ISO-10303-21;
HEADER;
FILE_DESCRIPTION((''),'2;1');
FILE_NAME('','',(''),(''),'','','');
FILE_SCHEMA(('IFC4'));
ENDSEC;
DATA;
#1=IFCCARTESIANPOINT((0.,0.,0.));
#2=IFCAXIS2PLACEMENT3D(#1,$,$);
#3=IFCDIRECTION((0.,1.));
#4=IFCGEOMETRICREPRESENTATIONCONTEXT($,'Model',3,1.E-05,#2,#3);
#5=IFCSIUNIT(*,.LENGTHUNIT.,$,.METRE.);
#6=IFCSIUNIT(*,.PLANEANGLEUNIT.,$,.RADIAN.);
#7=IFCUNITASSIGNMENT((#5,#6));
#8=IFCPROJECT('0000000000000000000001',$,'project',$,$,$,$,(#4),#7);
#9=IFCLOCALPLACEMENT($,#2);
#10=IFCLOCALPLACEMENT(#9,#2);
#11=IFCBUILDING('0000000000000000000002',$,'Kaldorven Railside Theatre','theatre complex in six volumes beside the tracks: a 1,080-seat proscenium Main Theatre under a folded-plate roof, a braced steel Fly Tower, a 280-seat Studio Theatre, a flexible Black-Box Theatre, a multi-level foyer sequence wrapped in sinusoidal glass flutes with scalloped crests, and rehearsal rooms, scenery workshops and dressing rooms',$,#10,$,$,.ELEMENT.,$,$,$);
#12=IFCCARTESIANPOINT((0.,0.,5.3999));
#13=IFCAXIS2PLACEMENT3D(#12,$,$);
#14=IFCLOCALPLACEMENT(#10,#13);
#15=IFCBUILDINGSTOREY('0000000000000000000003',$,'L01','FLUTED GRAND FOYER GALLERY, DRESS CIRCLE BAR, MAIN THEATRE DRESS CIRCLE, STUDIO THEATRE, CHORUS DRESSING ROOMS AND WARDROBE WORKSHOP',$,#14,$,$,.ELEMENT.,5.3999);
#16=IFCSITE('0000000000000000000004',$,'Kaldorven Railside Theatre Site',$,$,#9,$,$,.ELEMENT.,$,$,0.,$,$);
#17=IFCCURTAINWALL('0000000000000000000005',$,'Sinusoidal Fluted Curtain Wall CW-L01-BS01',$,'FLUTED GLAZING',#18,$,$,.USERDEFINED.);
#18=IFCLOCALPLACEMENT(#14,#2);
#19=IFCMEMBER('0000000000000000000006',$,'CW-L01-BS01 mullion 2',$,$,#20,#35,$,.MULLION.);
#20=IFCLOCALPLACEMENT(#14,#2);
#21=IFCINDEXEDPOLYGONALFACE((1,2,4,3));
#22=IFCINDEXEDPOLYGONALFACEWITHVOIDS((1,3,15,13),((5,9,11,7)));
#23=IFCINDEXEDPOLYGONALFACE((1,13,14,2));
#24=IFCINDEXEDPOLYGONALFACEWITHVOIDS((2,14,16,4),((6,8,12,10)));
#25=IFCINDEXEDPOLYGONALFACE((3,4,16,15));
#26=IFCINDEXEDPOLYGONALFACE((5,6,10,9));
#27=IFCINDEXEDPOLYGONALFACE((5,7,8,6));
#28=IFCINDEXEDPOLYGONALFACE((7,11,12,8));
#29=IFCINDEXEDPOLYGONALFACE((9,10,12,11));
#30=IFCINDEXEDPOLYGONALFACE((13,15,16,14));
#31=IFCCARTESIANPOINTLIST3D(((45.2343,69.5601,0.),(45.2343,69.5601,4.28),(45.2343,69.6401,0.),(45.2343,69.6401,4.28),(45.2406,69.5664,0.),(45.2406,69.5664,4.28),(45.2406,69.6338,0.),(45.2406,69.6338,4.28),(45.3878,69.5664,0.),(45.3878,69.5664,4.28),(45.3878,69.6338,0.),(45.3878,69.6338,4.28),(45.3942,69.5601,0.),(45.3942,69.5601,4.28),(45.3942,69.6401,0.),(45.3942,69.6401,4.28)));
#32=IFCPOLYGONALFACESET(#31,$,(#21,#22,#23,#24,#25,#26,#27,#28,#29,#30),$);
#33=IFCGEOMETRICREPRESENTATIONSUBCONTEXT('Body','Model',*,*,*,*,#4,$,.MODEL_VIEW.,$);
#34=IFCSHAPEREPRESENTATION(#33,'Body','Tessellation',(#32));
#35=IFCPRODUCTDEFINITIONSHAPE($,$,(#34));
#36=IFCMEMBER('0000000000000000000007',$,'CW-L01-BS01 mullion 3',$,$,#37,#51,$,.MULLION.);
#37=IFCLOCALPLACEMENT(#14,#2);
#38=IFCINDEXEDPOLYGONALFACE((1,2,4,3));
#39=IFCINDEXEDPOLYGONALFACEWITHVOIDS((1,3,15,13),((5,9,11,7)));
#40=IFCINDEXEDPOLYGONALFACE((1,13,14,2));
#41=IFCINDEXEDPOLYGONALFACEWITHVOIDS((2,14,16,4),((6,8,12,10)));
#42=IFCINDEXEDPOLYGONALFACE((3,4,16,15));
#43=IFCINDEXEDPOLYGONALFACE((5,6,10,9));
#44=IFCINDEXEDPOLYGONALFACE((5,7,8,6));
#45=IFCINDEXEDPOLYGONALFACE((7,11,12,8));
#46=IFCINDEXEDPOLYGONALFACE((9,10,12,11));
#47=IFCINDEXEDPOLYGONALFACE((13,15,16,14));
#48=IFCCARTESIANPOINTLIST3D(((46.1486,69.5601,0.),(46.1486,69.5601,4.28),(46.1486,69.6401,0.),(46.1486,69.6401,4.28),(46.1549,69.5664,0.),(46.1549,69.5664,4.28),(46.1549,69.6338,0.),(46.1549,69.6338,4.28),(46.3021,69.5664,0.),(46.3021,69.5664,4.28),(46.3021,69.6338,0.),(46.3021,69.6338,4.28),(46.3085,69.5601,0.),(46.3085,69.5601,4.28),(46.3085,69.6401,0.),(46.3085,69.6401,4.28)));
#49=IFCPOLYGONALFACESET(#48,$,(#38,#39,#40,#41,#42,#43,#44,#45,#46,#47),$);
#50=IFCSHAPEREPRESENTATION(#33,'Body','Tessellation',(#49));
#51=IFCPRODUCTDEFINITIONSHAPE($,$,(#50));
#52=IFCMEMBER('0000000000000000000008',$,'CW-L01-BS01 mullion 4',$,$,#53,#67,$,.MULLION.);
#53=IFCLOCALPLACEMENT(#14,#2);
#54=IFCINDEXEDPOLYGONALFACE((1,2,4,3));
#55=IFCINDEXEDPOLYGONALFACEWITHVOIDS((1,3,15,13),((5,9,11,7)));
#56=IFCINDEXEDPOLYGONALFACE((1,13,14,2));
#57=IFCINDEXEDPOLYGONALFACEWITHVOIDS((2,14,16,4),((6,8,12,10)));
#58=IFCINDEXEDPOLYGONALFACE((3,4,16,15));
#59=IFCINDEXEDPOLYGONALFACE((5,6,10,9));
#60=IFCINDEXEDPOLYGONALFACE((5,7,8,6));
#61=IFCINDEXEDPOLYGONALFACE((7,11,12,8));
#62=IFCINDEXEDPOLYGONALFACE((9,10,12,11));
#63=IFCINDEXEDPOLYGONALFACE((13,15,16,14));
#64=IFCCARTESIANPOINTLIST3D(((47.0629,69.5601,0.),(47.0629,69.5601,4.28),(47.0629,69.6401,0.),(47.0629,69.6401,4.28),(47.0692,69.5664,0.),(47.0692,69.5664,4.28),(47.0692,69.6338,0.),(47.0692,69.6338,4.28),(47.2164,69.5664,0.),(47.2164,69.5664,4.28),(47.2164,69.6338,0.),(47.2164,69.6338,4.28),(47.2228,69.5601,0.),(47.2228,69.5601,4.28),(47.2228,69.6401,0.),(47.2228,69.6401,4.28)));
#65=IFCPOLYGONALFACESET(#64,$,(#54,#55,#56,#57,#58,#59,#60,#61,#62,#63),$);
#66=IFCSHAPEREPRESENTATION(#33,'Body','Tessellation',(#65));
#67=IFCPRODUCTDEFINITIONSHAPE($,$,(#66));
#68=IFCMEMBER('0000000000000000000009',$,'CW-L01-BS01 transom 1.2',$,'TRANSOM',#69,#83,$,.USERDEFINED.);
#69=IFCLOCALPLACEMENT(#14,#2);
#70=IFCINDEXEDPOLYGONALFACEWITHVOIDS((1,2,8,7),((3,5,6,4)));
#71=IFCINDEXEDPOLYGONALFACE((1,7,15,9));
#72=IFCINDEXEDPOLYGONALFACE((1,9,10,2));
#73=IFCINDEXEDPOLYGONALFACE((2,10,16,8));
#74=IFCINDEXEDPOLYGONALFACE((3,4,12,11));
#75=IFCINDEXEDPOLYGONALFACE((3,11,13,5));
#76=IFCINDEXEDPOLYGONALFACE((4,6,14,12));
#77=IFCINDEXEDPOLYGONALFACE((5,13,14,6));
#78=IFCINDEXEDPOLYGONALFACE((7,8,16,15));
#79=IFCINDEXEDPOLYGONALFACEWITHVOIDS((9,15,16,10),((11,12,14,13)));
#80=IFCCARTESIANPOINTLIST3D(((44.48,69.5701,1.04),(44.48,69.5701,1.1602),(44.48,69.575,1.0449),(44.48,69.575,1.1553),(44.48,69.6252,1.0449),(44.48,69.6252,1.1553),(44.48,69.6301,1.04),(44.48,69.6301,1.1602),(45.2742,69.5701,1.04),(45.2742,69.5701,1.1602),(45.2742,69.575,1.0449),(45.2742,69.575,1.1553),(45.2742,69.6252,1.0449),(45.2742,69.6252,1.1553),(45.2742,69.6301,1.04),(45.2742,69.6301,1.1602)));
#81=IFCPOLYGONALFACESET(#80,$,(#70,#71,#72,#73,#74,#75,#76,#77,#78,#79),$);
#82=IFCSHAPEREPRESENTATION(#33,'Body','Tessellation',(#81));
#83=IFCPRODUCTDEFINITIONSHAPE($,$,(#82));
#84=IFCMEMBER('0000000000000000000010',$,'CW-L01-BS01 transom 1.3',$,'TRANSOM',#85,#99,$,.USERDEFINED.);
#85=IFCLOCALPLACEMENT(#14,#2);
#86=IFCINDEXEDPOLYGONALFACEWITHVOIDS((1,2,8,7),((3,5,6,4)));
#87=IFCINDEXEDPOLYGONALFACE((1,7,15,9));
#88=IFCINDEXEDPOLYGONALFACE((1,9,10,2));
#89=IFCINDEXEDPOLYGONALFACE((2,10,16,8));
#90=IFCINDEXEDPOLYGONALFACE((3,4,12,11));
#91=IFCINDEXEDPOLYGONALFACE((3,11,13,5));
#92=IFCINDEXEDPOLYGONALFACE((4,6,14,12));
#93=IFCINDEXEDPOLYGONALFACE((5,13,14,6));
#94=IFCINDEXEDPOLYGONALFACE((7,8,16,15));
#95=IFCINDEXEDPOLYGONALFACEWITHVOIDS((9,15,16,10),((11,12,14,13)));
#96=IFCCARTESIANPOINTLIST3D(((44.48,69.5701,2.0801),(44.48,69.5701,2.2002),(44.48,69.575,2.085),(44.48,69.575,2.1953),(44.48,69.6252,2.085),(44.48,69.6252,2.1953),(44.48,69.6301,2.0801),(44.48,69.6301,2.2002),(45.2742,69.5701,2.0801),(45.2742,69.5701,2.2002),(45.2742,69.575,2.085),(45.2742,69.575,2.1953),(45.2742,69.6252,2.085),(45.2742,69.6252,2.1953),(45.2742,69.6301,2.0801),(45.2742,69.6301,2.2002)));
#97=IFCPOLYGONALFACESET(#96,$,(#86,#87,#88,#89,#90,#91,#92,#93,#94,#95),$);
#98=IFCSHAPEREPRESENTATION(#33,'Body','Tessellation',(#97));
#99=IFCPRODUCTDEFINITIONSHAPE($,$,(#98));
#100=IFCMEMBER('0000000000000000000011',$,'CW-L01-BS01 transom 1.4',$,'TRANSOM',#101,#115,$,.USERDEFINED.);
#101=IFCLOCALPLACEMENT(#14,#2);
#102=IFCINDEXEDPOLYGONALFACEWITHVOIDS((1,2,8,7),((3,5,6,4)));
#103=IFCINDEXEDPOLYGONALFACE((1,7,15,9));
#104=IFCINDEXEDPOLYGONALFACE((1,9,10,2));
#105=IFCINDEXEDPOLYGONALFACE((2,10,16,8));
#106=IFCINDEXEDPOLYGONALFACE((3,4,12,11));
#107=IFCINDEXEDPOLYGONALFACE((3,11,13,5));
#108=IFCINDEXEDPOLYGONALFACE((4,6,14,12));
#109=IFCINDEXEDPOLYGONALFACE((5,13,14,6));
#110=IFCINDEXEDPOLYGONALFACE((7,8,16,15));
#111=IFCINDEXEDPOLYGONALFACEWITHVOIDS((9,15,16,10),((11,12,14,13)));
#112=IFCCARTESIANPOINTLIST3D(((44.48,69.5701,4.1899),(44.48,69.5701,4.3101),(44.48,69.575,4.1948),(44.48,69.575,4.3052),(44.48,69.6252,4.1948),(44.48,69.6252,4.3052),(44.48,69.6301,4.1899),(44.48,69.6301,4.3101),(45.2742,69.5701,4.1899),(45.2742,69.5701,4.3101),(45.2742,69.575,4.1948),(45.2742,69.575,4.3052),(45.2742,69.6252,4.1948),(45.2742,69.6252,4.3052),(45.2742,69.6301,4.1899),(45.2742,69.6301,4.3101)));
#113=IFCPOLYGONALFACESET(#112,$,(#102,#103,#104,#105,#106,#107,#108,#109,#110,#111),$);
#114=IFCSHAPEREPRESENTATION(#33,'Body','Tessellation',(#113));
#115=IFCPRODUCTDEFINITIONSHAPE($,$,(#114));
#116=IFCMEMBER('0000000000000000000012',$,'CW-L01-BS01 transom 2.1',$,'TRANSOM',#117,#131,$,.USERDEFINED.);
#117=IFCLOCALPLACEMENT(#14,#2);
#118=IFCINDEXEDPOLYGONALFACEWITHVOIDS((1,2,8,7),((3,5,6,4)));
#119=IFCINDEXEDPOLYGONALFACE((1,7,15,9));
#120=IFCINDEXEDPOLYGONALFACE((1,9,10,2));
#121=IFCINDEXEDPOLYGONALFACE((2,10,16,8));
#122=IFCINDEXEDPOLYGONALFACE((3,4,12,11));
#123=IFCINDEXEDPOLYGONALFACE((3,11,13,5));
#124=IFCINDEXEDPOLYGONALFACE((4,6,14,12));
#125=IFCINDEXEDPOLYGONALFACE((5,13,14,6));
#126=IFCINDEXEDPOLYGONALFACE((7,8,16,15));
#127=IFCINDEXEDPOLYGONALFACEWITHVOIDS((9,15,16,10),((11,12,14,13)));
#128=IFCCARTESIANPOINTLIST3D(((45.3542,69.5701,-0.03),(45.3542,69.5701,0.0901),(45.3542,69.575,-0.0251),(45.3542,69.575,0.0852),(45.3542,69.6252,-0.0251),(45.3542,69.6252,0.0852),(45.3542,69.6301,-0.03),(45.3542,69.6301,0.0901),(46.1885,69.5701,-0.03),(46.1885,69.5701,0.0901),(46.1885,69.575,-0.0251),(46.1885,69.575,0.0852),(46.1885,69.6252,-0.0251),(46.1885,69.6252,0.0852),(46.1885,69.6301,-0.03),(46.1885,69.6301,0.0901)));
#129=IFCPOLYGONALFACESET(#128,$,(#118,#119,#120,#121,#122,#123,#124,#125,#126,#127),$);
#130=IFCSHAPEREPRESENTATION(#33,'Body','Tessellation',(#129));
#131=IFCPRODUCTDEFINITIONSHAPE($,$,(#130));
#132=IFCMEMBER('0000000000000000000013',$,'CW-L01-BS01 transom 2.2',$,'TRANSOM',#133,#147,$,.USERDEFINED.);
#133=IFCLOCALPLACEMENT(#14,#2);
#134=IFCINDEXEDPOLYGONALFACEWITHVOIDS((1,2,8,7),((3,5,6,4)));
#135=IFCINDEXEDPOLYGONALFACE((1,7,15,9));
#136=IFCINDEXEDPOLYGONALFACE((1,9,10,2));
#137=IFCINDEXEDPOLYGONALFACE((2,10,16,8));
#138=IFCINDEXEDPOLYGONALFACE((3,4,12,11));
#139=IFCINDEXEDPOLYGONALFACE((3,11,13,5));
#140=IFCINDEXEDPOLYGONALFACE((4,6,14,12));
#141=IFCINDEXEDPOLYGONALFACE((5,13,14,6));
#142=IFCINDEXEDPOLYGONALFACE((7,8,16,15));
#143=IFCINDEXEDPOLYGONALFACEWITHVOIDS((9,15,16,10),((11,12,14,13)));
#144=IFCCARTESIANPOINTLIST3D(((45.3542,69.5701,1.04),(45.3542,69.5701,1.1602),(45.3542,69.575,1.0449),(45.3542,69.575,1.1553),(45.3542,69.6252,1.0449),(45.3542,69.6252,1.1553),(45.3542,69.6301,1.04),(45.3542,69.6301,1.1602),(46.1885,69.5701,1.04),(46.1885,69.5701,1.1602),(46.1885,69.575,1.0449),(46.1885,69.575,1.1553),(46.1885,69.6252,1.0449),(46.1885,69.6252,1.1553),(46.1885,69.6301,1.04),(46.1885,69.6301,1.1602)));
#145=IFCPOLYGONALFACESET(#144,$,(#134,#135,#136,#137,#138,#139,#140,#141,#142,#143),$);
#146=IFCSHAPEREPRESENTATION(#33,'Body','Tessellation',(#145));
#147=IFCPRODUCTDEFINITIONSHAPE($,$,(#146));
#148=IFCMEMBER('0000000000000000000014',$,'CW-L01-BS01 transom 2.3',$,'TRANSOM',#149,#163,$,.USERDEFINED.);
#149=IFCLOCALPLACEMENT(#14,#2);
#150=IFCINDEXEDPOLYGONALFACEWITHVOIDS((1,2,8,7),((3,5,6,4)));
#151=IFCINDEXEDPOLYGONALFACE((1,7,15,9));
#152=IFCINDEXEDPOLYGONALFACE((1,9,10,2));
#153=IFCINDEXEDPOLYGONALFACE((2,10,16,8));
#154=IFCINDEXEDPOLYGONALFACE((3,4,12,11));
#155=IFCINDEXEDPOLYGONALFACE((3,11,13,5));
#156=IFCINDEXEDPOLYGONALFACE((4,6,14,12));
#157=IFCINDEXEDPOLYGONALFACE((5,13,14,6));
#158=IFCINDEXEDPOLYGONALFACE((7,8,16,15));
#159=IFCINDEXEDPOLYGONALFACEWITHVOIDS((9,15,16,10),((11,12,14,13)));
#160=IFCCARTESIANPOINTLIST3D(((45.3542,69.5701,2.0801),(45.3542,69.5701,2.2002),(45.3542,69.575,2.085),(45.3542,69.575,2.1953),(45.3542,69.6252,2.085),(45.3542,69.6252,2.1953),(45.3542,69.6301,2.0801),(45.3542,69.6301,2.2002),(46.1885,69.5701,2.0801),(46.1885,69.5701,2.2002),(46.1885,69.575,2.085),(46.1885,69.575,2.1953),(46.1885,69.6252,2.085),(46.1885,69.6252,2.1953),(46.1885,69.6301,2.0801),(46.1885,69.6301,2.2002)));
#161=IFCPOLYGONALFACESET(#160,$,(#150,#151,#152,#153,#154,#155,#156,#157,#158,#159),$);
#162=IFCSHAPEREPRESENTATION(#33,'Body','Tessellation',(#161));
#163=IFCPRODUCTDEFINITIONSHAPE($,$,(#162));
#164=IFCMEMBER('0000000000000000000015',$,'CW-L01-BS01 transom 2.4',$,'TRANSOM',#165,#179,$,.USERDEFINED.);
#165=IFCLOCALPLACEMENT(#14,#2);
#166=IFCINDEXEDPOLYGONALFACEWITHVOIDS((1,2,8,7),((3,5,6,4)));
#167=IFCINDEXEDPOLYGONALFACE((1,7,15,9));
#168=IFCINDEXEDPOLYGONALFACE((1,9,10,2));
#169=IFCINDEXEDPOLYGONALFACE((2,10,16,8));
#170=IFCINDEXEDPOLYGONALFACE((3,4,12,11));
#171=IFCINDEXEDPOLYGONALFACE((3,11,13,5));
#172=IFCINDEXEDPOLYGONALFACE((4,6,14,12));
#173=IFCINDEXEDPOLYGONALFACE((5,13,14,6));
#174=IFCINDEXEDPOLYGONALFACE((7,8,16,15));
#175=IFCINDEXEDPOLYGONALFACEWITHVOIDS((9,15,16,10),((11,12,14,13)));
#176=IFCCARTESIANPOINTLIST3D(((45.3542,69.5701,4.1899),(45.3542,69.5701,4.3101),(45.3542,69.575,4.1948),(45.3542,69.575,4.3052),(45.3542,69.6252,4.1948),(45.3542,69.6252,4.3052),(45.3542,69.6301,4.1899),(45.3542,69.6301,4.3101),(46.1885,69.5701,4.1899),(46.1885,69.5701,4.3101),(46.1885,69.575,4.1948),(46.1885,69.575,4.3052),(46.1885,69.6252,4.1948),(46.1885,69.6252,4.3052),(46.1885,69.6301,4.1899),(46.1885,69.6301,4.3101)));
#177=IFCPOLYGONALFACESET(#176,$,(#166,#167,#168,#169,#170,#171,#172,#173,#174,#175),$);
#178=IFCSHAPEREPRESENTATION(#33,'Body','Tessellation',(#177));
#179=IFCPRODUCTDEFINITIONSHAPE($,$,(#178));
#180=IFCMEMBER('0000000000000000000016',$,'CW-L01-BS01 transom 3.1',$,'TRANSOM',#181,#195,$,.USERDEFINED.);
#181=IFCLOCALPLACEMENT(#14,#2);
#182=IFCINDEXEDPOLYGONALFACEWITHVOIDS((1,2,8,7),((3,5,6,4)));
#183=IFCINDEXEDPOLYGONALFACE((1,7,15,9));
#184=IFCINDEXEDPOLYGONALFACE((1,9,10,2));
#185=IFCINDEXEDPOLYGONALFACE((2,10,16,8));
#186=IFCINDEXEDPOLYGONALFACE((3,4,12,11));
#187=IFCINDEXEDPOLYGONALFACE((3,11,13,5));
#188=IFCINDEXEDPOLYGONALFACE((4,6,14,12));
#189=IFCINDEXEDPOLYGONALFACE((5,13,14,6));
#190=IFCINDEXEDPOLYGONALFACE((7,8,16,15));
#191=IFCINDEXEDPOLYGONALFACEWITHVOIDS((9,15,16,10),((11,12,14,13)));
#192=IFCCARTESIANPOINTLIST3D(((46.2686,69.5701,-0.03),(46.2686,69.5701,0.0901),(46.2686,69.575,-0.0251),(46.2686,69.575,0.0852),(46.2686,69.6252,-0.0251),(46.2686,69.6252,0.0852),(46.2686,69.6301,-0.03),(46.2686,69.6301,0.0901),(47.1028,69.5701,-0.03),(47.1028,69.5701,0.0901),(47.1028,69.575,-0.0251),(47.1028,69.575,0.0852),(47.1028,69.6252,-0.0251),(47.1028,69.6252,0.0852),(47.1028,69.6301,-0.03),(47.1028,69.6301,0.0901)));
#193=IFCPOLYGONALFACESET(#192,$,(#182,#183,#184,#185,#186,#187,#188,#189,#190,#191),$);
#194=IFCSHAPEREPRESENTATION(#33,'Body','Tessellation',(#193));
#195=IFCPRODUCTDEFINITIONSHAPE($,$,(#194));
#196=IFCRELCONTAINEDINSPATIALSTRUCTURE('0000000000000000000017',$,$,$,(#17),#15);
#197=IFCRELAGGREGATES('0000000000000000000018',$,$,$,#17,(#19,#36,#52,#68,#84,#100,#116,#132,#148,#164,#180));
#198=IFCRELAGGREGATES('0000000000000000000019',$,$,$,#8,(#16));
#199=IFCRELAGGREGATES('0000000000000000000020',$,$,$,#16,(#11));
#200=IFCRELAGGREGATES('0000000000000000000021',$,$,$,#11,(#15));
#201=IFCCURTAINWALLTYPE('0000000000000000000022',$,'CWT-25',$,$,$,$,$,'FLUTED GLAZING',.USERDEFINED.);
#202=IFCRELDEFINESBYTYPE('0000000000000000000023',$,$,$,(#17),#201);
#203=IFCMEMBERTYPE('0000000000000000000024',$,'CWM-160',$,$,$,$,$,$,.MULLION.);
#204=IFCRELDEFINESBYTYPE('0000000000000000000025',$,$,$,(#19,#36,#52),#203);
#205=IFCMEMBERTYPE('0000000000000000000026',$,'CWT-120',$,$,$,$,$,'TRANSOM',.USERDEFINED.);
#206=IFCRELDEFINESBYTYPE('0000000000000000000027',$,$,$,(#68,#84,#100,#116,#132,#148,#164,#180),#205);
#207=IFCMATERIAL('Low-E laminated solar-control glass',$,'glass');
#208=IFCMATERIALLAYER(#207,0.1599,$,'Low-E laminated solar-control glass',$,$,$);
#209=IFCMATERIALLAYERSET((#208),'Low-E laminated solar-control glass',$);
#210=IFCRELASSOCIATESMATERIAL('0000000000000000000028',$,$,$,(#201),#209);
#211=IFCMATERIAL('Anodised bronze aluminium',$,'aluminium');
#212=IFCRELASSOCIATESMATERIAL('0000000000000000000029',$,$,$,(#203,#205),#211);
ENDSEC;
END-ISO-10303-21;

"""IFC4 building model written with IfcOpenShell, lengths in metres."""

from ifc_helpers import new_model, si_unit, direction, frame, origin, origin_2d, place, context, subcontext, project, spatial, hollow_rectangle, extrude, material, layer, layer_set, material_profile, profile_set, type_object, element, aggregate, save


model = new_model("IFC4")

# Units and contexts
model_context = context("Model", 3, precision=1e-05, world=origin(), true_north=direction((0.0, 1.0)))
body_context = subcontext(model_context, "Body", "Model", "MODEL_VIEW")
ifc_project = project(units=[si_unit("LENGTHUNIT", "METRE"), si_unit("PLANEANGLEUNIT", "RADIAN")], contexts=[model_context])

# Site, building, storey
site_placement = place(None, origin())
site = spatial("IfcSite", under=ifc_project, at=site_placement, Name="Kaldorven Railside Theatre Site", CompositionType="ELEMENT", RefElevation=0.0)
building_placement = place(site_placement, origin())
building = spatial("IfcBuilding", under=site, at=building_placement, Name="Kaldorven Railside Theatre", Description="theatre complex in six volumes beside the tracks: a 1,080-seat proscenium Main Theatre under a folded-plate roof, a braced steel Fly Tower, a 280-seat Studio Theatre, a flexible Black-Box Theatre, a multi-level foyer sequence wrapped in sinusoidal glass flutes with scalloped crests, and rehearsal rooms, scenery workshops and dressing rooms", CompositionType="ELEMENT")
storey_placement = place(building_placement, frame((0.0, 0.0, 5.3999)))
storey = spatial("IfcBuildingStorey", under=building, at=storey_placement, Name="L01", Description="FLUTED GRAND FOYER GALLERY, DRESS CIRCLE BAR, MAIN THEATRE DRESS CIRCLE, STUDIO THEATRE, CHORUS DRESSING ROOMS AND WARDROBE WORKSHOP", CompositionType="ELEMENT", Elevation=5.3999)

# Curtain wall, members
ifc_material_1 = material(Name="Low-E laminated solar-control glass", Category="glass")
ifc_layer_1 = layer(ifc_material_1, 0.1599, Name="Low-E laminated solar-control glass")
ifc_layer_set_1 = layer_set([ifc_layer_1], Name="Low-E laminated solar-control glass")
curtain_wall_type = type_object("IfcCurtainWallType", Name="CWT-25", ElementType="FLUTED GLAZING", PredefinedType="USERDEFINED", material=ifc_layer_set_1)
curtain_wall_placement = place(storey_placement, origin())
curtain_wall = element("IfcCurtainWall", 1, at=curtain_wall_placement, inside=storey, type_object=curtain_wall_type, Name="Sinusoidal Fluted Curtain Wall CW-L01-BS01", ObjectType="FLUTED GLAZING", PredefinedType="USERDEFINED")
ifc_material_2 = material(Name="Anodised bronze aluminium", Category="aluminium")
ifc_material_profile_1 = material_profile(ifc_material_2, hollow_rectangle(XDim=0.0801, YDim=0.1599, WallThickness=0.0063, at=origin_2d()), Name="RHS 160x80x6.3")
ifc_profile_set_1 = profile_set([ifc_material_profile_1], Name="Anodised bronze aluminium")
member_type_1 = type_object("IfcMemberType", Name="CWM-160", PredefinedType="MULLION", material=ifc_profile_set_1)
member_1_placement = place(storey_placement, frame((45.3142, 69.6001, 0.0), z_axis=(0.0, 0.0, 1.0), x_axis=(0.0, 1.0, 0.0)))
member_1 = element("IfcMember", 2, at=member_1_placement, type_object=member_type_1, Name="CW-L01-BS01 mullion 2", PredefinedType="MULLION", context=body_context, shape_type="SweptSolid", body=[
    extrude(hollow_rectangle(XDim=0.0801, YDim=0.1599, WallThickness=0.0063, at=origin_2d()), origin(), (0.0, 0.0, 1.0), 4.28),
])
member_2_placement = place(storey_placement, frame((46.2285, 69.6001, 0.0), z_axis=(0.0, 0.0, 1.0), x_axis=(0.0, 1.0, 0.0)))
member_2 = element("IfcMember", 3, at=member_2_placement, type_object=member_type_1, Name="CW-L01-BS01 mullion 3", PredefinedType="MULLION", context=body_context, shape_type="SweptSolid", body=[
    extrude(hollow_rectangle(XDim=0.0801, YDim=0.1599, WallThickness=0.0063, at=origin_2d()), origin(), (0.0, 0.0, 1.0), 4.28),
])
member_3_placement = place(storey_placement, frame((47.1428, 69.6001, 0.0), z_axis=(0.0, 0.0, 1.0), x_axis=(0.0, 1.0, 0.0)))
member_3 = element("IfcMember", 4, at=member_3_placement, type_object=member_type_1, Name="CW-L01-BS01 mullion 4", PredefinedType="MULLION", context=body_context, shape_type="SweptSolid", body=[
    extrude(hollow_rectangle(XDim=0.0801, YDim=0.1599, WallThickness=0.0063, at=origin_2d()), origin(), (0.0, 0.0, 1.0), 4.28),
])
ifc_material_profile_2 = material_profile(ifc_material_2, hollow_rectangle(XDim=0.0601, YDim=0.1201, WallThickness=0.0049, at=origin_2d()), Name="RHS 120x60x5")
ifc_profile_set_2 = profile_set([ifc_material_profile_2], Name="Anodised bronze aluminium")
member_type_2 = type_object("IfcMemberType", Name="CWT-120", ElementType="TRANSOM", PredefinedType="USERDEFINED", material=ifc_profile_set_2)
member_4_placement = place(storey_placement, frame((44.48, 69.6001, 1.1001), z_axis=(1.0, 0.0, 0.0), x_axis=(0.0, 1.0, 0.0)))
member_4 = element("IfcMember", 5, at=member_4_placement, type_object=member_type_2, Name="CW-L01-BS01 transom 1.2", ObjectType="TRANSOM", PredefinedType="USERDEFINED", context=body_context, shape_type="SweptSolid", body=[
    extrude(hollow_rectangle(XDim=0.0601, YDim=0.1201, WallThickness=0.0049, at=origin_2d()), origin(), (0.0, 0.0, 1.0), 0.7942),
])
member_5_placement = place(storey_placement, frame((44.48, 69.6001, 2.1401), z_axis=(1.0, 0.0, 0.0), x_axis=(0.0, 1.0, 0.0)))
member_5 = element("IfcMember", 6, at=member_5_placement, type_object=member_type_2, Name="CW-L01-BS01 transom 1.3", ObjectType="TRANSOM", PredefinedType="USERDEFINED", context=body_context, shape_type="SweptSolid", body=[
    extrude(hollow_rectangle(XDim=0.0601, YDim=0.1201, WallThickness=0.0049, at=origin_2d()), origin(), (0.0, 0.0, 1.0), 0.7942),
])
member_6_placement = place(storey_placement, frame((44.48, 69.6001, 4.25), z_axis=(1.0, 0.0, 0.0), x_axis=(0.0, 1.0, 0.0)))
member_6 = element("IfcMember", 7, at=member_6_placement, type_object=member_type_2, Name="CW-L01-BS01 transom 1.4", ObjectType="TRANSOM", PredefinedType="USERDEFINED", context=body_context, shape_type="SweptSolid", body=[
    extrude(hollow_rectangle(XDim=0.0601, YDim=0.1201, WallThickness=0.0049, at=origin_2d()), origin(), (0.0, 0.0, 1.0), 0.7942),
])
member_7_placement = place(storey_placement, frame((45.3542, 69.6001, 0.03), z_axis=(1.0, 0.0, 0.0), x_axis=(0.0, 1.0, 0.0)))
member_7 = element("IfcMember", 8, at=member_7_placement, type_object=member_type_2, Name="CW-L01-BS01 transom 2.1", ObjectType="TRANSOM", PredefinedType="USERDEFINED", context=body_context, shape_type="SweptSolid", body=[
    extrude(hollow_rectangle(XDim=0.0601, YDim=0.1201, WallThickness=0.0049, at=origin_2d()), origin(), (0.0, 0.0, 1.0), 0.8342),
])
member_8_placement = place(storey_placement, frame((45.3542, 69.6001, 1.1001), z_axis=(1.0, 0.0, 0.0), x_axis=(0.0, 1.0, 0.0)))
member_8 = element("IfcMember", 9, at=member_8_placement, type_object=member_type_2, Name="CW-L01-BS01 transom 2.2", ObjectType="TRANSOM", PredefinedType="USERDEFINED", context=body_context, shape_type="SweptSolid", body=[
    extrude(hollow_rectangle(XDim=0.0601, YDim=0.1201, WallThickness=0.0049, at=origin_2d()), origin(), (0.0, 0.0, 1.0), 0.8342),
])
member_9_placement = place(storey_placement, frame((45.3542, 69.6001, 2.1401), z_axis=(1.0, 0.0, 0.0), x_axis=(0.0, 1.0, 0.0)))
member_9 = element("IfcMember", 10, at=member_9_placement, type_object=member_type_2, Name="CW-L01-BS01 transom 2.3", ObjectType="TRANSOM", PredefinedType="USERDEFINED", context=body_context, shape_type="SweptSolid", body=[
    extrude(hollow_rectangle(XDim=0.0601, YDim=0.1201, WallThickness=0.0049, at=origin_2d()), origin(), (0.0, 0.0, 1.0), 0.8342),
])
member_10_placement = place(storey_placement, frame((45.3542, 69.6001, 4.25), z_axis=(1.0, 0.0, 0.0), x_axis=(0.0, 1.0, 0.0)))
member_10 = element("IfcMember", 11, at=member_10_placement, type_object=member_type_2, Name="CW-L01-BS01 transom 2.4", ObjectType="TRANSOM", PredefinedType="USERDEFINED", context=body_context, shape_type="SweptSolid", body=[
    extrude(hollow_rectangle(XDim=0.0601, YDim=0.1201, WallThickness=0.0049, at=origin_2d()), origin(), (0.0, 0.0, 1.0), 0.8342),
])
member_11_placement = place(storey_placement, frame((46.2686, 69.6001, 0.03), z_axis=(1.0, 0.0, 0.0), x_axis=(0.0, 1.0, 0.0)))
member_11 = element("IfcMember", 12, at=member_11_placement, type_object=member_type_2, Name="CW-L01-BS01 transom 3.1", ObjectType="TRANSOM", PredefinedType="USERDEFINED", context=body_context, shape_type="SweptSolid", body=[
    extrude(hollow_rectangle(XDim=0.0601, YDim=0.1201, WallThickness=0.0049, at=origin_2d()), origin(), (0.0, 0.0, 1.0), 0.8342),
])
aggregate(curtain_wall, [member_1, member_2, member_3, member_4, member_5, member_6, member_7, member_8, member_9, member_10, member_11])

save(model, "model.ifc")
